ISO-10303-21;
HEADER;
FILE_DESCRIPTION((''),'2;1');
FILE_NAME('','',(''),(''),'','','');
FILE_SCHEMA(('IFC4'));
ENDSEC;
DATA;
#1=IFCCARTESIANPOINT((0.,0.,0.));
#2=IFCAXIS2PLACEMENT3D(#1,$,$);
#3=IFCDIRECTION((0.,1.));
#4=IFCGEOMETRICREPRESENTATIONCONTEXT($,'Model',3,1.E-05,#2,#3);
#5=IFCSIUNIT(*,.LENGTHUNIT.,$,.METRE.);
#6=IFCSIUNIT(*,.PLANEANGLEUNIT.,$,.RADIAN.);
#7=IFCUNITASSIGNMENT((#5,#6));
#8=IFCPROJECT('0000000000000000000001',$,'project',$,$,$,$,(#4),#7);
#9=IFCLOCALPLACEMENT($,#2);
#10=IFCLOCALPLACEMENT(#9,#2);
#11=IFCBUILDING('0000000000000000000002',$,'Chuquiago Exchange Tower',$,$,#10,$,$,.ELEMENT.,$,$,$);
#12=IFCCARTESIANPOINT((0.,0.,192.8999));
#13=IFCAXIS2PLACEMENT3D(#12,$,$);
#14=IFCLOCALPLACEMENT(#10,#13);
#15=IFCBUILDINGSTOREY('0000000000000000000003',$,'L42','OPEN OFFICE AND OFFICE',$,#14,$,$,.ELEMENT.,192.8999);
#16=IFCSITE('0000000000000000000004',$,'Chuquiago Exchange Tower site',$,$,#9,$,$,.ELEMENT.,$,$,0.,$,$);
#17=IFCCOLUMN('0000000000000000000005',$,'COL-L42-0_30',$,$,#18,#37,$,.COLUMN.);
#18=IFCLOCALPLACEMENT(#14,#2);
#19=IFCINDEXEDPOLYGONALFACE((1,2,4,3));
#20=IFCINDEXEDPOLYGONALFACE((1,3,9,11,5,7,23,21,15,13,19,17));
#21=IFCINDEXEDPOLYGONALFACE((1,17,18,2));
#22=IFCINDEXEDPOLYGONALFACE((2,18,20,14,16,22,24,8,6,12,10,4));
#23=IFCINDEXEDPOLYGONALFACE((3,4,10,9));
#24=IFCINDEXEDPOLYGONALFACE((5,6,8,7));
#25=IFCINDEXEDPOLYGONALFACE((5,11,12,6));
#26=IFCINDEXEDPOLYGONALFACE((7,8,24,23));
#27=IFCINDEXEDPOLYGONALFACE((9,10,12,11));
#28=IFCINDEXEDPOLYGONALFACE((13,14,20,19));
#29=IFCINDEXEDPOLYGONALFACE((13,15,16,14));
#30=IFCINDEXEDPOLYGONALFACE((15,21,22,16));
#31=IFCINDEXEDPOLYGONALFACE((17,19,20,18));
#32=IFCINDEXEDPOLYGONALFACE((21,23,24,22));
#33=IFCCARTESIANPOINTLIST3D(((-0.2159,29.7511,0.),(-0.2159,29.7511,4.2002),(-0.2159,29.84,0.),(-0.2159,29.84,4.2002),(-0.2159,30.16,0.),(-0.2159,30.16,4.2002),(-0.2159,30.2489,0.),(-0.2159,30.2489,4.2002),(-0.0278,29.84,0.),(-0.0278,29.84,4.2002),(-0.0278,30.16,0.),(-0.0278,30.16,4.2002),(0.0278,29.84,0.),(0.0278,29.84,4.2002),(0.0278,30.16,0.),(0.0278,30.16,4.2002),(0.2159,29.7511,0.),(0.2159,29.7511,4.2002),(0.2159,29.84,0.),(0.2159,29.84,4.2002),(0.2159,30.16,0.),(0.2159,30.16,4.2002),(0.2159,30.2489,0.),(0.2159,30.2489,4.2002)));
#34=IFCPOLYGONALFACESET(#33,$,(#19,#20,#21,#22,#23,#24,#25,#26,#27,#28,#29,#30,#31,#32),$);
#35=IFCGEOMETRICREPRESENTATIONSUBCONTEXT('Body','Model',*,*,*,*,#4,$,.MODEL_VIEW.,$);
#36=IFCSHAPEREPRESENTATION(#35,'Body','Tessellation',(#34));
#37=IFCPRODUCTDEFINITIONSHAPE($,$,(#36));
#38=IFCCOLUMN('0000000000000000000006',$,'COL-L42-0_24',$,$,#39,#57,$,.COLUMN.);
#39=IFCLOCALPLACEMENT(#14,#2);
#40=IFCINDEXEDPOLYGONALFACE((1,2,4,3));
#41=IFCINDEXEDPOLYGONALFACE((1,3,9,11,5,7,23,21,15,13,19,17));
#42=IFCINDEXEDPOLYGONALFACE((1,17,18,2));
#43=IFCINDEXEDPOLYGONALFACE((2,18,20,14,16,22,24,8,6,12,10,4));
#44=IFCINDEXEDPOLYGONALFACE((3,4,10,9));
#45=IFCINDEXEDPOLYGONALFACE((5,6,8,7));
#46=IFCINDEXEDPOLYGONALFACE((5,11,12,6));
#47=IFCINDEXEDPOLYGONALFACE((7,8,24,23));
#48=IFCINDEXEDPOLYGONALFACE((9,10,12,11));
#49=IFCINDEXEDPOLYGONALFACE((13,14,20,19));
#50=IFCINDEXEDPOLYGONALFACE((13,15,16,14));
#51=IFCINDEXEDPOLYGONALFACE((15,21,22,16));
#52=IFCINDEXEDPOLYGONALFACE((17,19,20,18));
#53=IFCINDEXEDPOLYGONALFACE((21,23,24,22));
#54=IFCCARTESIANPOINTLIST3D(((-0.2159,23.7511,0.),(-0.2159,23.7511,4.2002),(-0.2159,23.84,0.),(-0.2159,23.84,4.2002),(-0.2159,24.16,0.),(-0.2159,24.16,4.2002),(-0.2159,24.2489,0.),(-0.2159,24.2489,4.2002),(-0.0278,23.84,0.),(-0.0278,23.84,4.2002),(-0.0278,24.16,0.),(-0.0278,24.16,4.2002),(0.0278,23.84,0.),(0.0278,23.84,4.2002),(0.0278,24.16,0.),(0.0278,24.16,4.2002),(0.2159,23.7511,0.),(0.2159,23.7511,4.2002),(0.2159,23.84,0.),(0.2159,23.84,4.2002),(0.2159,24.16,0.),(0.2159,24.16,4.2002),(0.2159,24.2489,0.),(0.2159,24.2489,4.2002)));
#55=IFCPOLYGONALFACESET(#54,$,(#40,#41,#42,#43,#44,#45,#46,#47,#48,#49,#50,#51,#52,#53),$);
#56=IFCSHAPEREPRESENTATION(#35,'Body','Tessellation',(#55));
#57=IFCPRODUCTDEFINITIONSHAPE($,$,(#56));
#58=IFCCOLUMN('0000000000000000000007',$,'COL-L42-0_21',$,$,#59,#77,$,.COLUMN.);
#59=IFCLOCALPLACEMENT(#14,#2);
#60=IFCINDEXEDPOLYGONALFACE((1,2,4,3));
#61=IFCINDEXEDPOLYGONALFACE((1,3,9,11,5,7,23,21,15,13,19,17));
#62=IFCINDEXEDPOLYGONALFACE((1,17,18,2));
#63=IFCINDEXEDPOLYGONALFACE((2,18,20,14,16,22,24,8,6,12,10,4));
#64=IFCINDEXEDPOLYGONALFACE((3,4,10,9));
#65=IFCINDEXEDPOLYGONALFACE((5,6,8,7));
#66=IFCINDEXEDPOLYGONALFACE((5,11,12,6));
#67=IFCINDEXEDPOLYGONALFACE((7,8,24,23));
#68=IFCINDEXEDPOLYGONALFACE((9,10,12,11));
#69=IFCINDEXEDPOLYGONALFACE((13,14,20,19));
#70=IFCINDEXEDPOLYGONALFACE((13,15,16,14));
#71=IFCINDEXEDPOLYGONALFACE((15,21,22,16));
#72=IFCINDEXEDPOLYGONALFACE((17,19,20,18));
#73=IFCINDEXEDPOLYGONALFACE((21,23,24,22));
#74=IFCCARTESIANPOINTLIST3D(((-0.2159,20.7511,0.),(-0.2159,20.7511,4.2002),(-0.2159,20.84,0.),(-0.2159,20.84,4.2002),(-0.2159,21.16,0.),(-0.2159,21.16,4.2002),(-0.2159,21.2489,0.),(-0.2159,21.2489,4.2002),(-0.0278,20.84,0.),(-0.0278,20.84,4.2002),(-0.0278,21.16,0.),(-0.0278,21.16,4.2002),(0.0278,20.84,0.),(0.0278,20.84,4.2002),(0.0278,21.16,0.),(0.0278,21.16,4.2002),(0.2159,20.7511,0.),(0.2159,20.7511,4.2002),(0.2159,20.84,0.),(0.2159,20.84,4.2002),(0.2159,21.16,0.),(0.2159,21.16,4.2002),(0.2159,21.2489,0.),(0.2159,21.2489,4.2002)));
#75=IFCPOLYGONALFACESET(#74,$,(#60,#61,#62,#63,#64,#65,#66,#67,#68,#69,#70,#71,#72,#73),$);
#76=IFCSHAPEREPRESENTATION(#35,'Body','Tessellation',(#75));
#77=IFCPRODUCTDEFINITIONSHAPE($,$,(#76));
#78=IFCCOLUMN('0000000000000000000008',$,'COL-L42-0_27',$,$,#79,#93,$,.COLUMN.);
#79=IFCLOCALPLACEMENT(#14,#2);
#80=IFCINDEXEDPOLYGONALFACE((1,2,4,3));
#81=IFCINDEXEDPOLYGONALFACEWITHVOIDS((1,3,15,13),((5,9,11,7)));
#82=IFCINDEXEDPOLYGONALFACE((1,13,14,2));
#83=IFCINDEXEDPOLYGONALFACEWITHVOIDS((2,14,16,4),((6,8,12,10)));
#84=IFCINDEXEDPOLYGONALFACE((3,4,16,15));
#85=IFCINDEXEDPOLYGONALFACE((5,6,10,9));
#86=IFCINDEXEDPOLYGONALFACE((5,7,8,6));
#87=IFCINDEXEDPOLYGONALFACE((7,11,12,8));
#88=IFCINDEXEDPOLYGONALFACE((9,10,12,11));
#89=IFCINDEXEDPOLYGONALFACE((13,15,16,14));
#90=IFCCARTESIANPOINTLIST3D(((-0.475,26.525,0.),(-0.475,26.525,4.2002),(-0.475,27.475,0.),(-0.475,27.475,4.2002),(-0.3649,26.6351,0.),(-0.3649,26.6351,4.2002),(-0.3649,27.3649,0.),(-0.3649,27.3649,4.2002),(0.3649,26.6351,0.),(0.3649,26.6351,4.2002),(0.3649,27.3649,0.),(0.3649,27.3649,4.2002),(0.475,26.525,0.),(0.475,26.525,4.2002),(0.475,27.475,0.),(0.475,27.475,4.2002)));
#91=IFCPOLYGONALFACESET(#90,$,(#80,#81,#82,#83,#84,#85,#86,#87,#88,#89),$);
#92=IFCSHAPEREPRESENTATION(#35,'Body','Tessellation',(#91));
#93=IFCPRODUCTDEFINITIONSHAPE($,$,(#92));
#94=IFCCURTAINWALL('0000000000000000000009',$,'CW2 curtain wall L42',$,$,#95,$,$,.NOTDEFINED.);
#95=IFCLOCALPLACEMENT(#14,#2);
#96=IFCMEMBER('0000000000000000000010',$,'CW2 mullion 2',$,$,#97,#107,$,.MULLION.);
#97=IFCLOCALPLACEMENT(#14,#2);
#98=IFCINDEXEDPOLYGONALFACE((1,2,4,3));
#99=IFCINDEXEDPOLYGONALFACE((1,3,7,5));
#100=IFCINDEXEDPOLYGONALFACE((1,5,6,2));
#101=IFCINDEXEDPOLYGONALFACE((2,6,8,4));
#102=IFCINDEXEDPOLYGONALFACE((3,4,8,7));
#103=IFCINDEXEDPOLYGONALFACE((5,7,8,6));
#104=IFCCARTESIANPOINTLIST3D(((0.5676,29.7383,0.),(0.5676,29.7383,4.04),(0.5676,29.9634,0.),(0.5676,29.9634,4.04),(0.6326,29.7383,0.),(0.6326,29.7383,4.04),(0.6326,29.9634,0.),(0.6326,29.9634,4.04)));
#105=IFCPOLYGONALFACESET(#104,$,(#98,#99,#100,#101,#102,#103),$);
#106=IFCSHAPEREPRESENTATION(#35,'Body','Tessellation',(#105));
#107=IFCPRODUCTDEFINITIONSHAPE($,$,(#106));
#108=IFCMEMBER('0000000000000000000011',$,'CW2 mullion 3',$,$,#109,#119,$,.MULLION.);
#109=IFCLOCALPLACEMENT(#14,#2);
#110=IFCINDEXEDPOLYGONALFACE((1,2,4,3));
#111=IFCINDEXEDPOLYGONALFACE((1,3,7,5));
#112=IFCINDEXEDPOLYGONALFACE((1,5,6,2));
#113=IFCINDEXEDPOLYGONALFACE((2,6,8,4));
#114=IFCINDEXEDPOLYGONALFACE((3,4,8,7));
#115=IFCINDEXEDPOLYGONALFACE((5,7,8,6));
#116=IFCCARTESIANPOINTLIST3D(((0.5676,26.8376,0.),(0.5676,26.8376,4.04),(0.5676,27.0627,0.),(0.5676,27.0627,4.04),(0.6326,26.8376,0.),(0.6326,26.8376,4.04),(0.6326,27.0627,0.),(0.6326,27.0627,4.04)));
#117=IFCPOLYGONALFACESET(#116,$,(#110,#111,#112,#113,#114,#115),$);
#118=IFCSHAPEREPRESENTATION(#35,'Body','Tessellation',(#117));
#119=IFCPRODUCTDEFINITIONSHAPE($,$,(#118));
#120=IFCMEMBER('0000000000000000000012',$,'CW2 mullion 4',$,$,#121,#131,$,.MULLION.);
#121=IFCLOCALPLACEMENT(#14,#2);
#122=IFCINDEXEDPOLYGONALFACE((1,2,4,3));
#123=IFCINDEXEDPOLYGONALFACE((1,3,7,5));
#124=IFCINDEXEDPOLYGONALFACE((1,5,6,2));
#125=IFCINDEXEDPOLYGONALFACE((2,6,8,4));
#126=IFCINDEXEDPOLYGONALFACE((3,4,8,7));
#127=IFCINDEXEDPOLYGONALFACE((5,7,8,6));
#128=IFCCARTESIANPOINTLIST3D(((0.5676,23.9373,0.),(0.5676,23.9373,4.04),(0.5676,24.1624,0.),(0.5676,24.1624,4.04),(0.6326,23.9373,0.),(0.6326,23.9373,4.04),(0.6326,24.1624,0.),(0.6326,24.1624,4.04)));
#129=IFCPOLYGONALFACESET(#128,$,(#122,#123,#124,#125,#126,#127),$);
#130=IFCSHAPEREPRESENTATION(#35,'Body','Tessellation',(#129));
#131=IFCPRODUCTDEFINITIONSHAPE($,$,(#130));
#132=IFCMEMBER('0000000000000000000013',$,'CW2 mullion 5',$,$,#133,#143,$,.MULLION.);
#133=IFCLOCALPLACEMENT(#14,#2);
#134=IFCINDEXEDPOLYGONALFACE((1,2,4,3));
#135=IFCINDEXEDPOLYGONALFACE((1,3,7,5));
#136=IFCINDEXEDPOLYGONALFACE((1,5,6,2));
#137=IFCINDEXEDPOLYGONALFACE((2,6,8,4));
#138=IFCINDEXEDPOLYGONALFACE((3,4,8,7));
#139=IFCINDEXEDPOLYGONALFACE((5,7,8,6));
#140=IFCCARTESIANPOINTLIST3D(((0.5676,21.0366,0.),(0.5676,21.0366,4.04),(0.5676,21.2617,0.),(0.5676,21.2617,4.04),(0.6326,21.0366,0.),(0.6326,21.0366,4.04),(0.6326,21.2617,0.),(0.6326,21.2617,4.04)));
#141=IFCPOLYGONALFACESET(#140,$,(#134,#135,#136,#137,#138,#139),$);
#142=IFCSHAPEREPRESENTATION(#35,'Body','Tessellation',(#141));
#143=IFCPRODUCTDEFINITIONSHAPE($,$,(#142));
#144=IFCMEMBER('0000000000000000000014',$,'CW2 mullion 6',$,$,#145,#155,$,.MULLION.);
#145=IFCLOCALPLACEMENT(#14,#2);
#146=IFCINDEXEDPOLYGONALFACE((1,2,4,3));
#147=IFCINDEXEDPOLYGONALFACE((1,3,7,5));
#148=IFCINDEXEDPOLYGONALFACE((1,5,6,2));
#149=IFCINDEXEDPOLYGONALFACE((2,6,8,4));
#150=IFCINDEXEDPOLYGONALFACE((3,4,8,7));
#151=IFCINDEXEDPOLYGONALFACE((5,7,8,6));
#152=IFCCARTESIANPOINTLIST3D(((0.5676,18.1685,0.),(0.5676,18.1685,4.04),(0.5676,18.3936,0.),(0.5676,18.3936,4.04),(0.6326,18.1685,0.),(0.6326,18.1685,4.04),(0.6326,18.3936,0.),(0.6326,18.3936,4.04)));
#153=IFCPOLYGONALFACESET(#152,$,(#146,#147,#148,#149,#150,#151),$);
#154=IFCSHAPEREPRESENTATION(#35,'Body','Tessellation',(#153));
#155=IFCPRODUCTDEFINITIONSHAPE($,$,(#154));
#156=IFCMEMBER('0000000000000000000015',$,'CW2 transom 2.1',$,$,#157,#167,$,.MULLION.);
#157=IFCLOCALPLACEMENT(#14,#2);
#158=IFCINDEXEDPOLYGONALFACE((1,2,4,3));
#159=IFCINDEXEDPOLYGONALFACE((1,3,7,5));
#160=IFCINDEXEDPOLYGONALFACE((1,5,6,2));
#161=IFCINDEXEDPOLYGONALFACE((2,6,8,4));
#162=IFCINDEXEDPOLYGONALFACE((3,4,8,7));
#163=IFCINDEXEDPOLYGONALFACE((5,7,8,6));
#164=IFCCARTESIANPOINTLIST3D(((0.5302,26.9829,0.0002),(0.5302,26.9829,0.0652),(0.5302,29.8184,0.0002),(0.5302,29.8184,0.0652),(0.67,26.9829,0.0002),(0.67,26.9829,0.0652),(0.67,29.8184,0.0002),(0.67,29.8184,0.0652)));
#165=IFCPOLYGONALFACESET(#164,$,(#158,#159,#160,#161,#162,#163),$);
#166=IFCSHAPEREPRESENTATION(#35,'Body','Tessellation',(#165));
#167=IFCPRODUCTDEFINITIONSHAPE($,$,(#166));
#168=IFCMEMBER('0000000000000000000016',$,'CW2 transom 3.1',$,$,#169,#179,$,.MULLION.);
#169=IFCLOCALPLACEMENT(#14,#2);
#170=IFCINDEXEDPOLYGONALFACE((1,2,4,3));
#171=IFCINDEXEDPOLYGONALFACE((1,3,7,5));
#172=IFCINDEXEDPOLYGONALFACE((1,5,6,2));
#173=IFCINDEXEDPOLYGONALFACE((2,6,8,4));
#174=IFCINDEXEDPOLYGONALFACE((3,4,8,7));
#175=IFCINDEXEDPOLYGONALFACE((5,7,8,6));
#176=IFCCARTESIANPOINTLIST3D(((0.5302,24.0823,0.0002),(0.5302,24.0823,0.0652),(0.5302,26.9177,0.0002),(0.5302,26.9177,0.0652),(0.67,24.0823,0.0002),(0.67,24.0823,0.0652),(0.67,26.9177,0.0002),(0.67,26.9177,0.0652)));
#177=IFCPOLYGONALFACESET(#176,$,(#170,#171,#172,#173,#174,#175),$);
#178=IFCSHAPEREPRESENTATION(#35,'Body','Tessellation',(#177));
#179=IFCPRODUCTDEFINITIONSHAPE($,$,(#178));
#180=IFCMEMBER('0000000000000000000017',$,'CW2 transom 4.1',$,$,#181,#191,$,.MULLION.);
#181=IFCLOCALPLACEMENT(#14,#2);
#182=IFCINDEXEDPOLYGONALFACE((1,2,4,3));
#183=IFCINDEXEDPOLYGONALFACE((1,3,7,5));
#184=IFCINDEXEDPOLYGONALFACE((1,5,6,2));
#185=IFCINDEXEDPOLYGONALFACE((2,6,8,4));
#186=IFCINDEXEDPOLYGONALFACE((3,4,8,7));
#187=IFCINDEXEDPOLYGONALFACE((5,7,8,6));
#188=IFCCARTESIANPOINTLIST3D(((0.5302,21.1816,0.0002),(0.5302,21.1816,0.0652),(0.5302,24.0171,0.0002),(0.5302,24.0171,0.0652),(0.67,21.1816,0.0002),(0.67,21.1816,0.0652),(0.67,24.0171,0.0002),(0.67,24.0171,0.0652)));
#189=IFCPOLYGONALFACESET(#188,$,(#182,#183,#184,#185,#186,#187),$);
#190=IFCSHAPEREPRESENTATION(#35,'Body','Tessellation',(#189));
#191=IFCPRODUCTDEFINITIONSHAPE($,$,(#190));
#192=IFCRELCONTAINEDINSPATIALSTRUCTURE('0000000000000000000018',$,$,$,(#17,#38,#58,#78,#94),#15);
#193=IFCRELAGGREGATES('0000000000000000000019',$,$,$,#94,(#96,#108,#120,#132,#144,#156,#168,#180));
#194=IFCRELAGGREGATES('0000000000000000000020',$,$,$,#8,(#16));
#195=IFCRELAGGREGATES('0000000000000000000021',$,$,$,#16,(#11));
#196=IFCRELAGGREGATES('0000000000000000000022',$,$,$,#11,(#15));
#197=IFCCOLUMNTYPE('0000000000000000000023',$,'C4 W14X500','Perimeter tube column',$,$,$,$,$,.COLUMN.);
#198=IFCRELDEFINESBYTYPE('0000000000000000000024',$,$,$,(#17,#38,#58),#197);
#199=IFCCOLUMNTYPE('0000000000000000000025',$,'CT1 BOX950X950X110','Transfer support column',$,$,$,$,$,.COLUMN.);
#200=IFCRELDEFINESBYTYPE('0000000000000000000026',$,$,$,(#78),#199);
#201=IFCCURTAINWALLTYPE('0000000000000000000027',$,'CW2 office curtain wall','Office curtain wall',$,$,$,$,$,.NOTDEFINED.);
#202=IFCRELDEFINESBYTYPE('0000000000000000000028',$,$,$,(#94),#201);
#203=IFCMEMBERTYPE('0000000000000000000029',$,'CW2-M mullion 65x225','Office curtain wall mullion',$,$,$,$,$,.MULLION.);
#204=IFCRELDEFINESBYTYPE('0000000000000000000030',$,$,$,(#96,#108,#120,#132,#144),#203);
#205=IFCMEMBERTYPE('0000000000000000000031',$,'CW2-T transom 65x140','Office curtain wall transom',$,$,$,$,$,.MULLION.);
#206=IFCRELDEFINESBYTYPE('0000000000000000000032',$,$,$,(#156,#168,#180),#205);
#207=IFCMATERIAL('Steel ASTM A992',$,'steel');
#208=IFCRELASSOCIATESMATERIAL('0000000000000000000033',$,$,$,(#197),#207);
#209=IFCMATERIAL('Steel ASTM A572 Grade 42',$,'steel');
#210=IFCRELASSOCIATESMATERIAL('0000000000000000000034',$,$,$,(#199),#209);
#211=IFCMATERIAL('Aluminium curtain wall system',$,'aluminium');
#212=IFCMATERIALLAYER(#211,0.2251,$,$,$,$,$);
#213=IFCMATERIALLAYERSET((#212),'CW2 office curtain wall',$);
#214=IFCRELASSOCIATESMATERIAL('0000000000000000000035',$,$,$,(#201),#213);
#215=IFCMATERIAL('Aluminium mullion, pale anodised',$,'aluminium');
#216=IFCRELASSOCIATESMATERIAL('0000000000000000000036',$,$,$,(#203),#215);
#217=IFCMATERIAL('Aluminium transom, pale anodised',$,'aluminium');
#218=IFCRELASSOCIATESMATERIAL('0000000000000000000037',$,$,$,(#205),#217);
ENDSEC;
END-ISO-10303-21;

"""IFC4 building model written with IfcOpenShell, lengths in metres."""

from ifc_helpers import new_model, si_unit, direction, frame, origin, origin_2d, place, context, subcontext, project, spatial, rectangle, hollow_rectangle, i_section, extrude, material, layer, layer_set, material_profile, profile_set, type_object, element, aggregate, save


model = new_model("IFC4")

# Units and contexts
model_context = context("Model", 3, precision=1e-05, world=origin(), true_north=direction((0.0, 1.0)))
body_context = subcontext(model_context, "Body", "Model", "MODEL_VIEW")
ifc_project = project(units=[si_unit("LENGTHUNIT", "METRE"), si_unit("PLANEANGLEUNIT", "RADIAN")], contexts=[model_context])

# Site, building, storey
site_placement = place(None, origin())
site = spatial("IfcSite", under=ifc_project, at=site_placement, Name="Chuquiago Exchange Tower site", CompositionType="ELEMENT", RefElevation=0.0)
building_placement = place(site_placement, origin())
building = spatial("IfcBuilding", under=site, at=building_placement, Name="Chuquiago Exchange Tower", CompositionType="ELEMENT")
storey_placement = place(building_placement, frame((0.0, 0.0, 192.8999)))
storey = spatial("IfcBuildingStorey", under=building, at=storey_placement, Name="L42", Description="OPEN OFFICE AND OFFICE", CompositionType="ELEMENT", Elevation=192.8999)

# Columns
ifc_material_1 = material(Name="Steel ASTM A992", Category="steel")
ifc_material_profile_1 = material_profile(ifc_material_1, i_section(OverallWidth=0.4319, OverallDepth=0.4978, WebThickness=0.0557, FlangeThickness=0.0889, at=origin_2d()), Name="W14X500")
ifc_profile_set_1 = profile_set([ifc_material_profile_1], Name="Steel ASTM A992")
column_type_1 = type_object("IfcColumnType", Name="C4 W14X500", Description="Perimeter tube column", PredefinedType="COLUMN", material=ifc_profile_set_1)
for number, where, z_axis, x_axis, name in (
    (1, (0.0, 30.0, 0.0), (0.0, 0.0, 1.0), (-1.0, 0.0, 0.0), "COL-L42-0_30"),
    (2, (0.0, 24.0, 0.0), (0.0, 0.0, 1.0), (-1.0, 0.0, 0.0), "COL-L42-0_24"),
    (3, (0.0, 21.0, 0.0), (0.0, 0.0, 1.0), (-1.0, 0.0, 0.0), "COL-L42-0_21"),
):
    element("IfcColumn", number, at=place(storey_placement, frame(where, z_axis=z_axis, x_axis=x_axis)), inside=storey, type_object=column_type_1, Name=name, PredefinedType="COLUMN", context=body_context, shape_type="SweptSolid", body=[
        extrude(i_section(OverallWidth=0.4319, OverallDepth=0.4978, WebThickness=0.0557, FlangeThickness=0.0889, at=origin_2d()), origin(), (0.0, 0.0, 1.0), 4.2002),
    ])
ifc_material_2 = material(Name="Steel ASTM A572 Grade 42", Category="steel")
ifc_material_profile_2 = material_profile(ifc_material_2, hollow_rectangle(XDim=0.95, YDim=0.95, WallThickness=0.1101, at=origin_2d()), Name="BOX950X950X110")
ifc_profile_set_2 = profile_set([ifc_material_profile_2], Name="Steel ASTM A572 Grade 42")
column_type_2 = type_object("IfcColumnType", Name="CT1 BOX950X950X110", Description="Transfer support column", PredefinedType="COLUMN", material=ifc_profile_set_2)
column_placement = place(storey_placement, frame((0.0, 27.0, 0.0), z_axis=(0.0, 0.0, 1.0), x_axis=(-1.0, 0.0, 0.0)))
element("IfcColumn", 4, at=column_placement, inside=storey, type_object=column_type_2, Name="COL-L42-0_27", PredefinedType="COLUMN", context=body_context, shape_type="SweptSolid", body=[
    extrude(hollow_rectangle(XDim=0.95, YDim=0.95, WallThickness=0.1101, at=origin_2d()), origin(), (0.0, 0.0, 1.0), 4.2002),
])

# Curtain wall, members
ifc_material_3 = material(Name="Aluminium curtain wall system", Category="aluminium")
ifc_layer_1 = layer(ifc_material_3, 0.2251)
ifc_layer_set_1 = layer_set([ifc_layer_1], Name="CW2 office curtain wall")
curtain_wall_type = type_object("IfcCurtainWallType", Name="CW2 office curtain wall", Description="Office curtain wall", PredefinedType="NOTDEFINED", material=ifc_layer_set_1)
curtain_wall_placement = place(storey_placement, origin())
curtain_wall = element("IfcCurtainWall", 5, at=curtain_wall_placement, inside=storey, type_object=curtain_wall_type, Name="CW2 curtain wall L42", PredefinedType="NOTDEFINED")
ifc_material_4 = material(Name="Aluminium mullion, pale anodised", Category="aluminium")
ifc_material_profile_3 = material_profile(ifc_material_4, rectangle(XDim=0.0649, YDim=0.2251, at=origin_2d()), Name="AL 65x225")
ifc_profile_set_3 = profile_set([ifc_material_profile_3], Name="Aluminium mullion, pale anodised")
member_type_1 = type_object("IfcMemberType", Name="CW2-M mullion 65x225", Description="Office curtain wall mullion", PredefinedType="MULLION", material=ifc_profile_set_3)
member_1_placement = place(storey_placement, frame((0.6001, 29.8508, 0.0), z_axis=(0.0, 0.0, 1.0), x_axis=(1.0, 0.0, 0.0)))
member_1 = element("IfcMember", 6, at=member_1_placement, type_object=member_type_1, Name="CW2 mullion 2", PredefinedType="MULLION", context=body_context, shape_type="SweptSolid", body=[
    extrude(rectangle(XDim=0.0649, YDim=0.2251, at=origin_2d()), origin(), (0.0, 0.0, 1.0), 4.04),
])
member_2_placement = place(storey_placement, frame((0.6001, 26.9502, 0.0), z_axis=(0.0, 0.0, 1.0), x_axis=(1.0, 0.0, 0.0)))
member_2 = element("IfcMember", 7, at=member_2_placement, type_object=member_type_1, Name="CW2 mullion 3", PredefinedType="MULLION", context=body_context, shape_type="SweptSolid", body=[
    extrude(rectangle(XDim=0.0649, YDim=0.2251, at=origin_2d()), origin(), (0.0, 0.0, 1.0), 4.04),
])
member_3_placement = place(storey_placement, frame((0.6001, 24.0498, 0.0), z_axis=(0.0, 0.0, 1.0), x_axis=(1.0, 0.0, 0.0)))
member_3 = element("IfcMember", 8, at=member_3_placement, type_object=member_type_1, Name="CW2 mullion 4", PredefinedType="MULLION", context=body_context, shape_type="SweptSolid", body=[
    extrude(rectangle(XDim=0.0649, YDim=0.2251, at=origin_2d()), origin(), (0.0, 0.0, 1.0), 4.04),
])
member_4_placement = place(storey_placement, frame((0.6001, 21.1492, 0.0), z_axis=(0.0, 0.0, 1.0), x_axis=(1.0, 0.0, 0.0)))
member_4 = element("IfcMember", 9, at=member_4_placement, type_object=member_type_1, Name="CW2 mullion 5", PredefinedType="MULLION", context=body_context, shape_type="SweptSolid", body=[
    extrude(rectangle(XDim=0.0649, YDim=0.2251, at=origin_2d()), origin(), (0.0, 0.0, 1.0), 4.04),
])
member_5_placement = place(storey_placement, frame((0.6001, 18.281, 0.0), z_axis=(0.0, 0.0, 1.0), x_axis=(1.0, 0.0, 0.0)))
member_5 = element("IfcMember", 10, at=member_5_placement, type_object=member_type_1, Name="CW2 mullion 6", PredefinedType="MULLION", context=body_context, shape_type="SweptSolid", body=[
    extrude(rectangle(XDim=0.0649, YDim=0.2251, at=origin_2d()), origin(), (0.0, 0.0, 1.0), 4.04),
])
ifc_material_5 = material(Name="Aluminium transom, pale anodised", Category="aluminium")
ifc_material_profile_4 = material_profile(ifc_material_5, rectangle(XDim=0.1399, YDim=0.0649, at=origin_2d()), Name="AL 140x65")
ifc_profile_set_4 = profile_set([ifc_material_profile_4], Name="Aluminium transom, pale anodised")
member_type_2 = type_object("IfcMemberType", Name="CW2-T transom 65x140", Description="Office curtain wall transom", PredefinedType="MULLION", material=ifc_profile_set_4)
member_6_placement = place(storey_placement, frame((0.6001, 29.8184, 0.0327), z_axis=(0.0, -1.0, 0.0), x_axis=(1.0, 0.0, 0.0)))
member_6 = element("IfcMember", 11, at=member_6_placement, type_object=member_type_2, Name="CW2 transom 2.1", PredefinedType="MULLION", context=body_context, shape_type="SweptSolid", body=[
    extrude(rectangle(XDim=0.1399, YDim=0.0649, at=origin_2d()), origin(), (0.0, 0.0, 1.0), 2.8354),
])
member_7_placement = place(storey_placement, frame((0.6001, 26.9177, 0.0327), z_axis=(0.0, -1.0, 0.0), x_axis=(1.0, 0.0, 0.0)))
member_7 = element("IfcMember", 12, at=member_7_placement, type_object=member_type_2, Name="CW2 transom 3.1", PredefinedType="MULLION", context=body_context, shape_type="SweptSolid", body=[
    extrude(rectangle(XDim=0.1399, YDim=0.0649, at=origin_2d()), origin(), (0.0, 0.0, 1.0), 2.8354),
])
member_8_placement = place(storey_placement, frame((0.6001, 24.0171, 0.0327), z_axis=(0.0, -1.0, 0.0), x_axis=(1.0, 0.0, 0.0)))
member_8 = element("IfcMember", 13, at=member_8_placement, type_object=member_type_2, Name="CW2 transom 4.1", PredefinedType="MULLION", context=body_context, shape_type="SweptSolid", body=[
    extrude(rectangle(XDim=0.1399, YDim=0.0649, at=origin_2d()), origin(), (0.0, 0.0, 1.0), 2.8354),
])

aggregate(curtain_wall, [member_1, member_2, member_3, member_4, member_5, member_6, member_7, member_8])

save(model, "model.ifc")
